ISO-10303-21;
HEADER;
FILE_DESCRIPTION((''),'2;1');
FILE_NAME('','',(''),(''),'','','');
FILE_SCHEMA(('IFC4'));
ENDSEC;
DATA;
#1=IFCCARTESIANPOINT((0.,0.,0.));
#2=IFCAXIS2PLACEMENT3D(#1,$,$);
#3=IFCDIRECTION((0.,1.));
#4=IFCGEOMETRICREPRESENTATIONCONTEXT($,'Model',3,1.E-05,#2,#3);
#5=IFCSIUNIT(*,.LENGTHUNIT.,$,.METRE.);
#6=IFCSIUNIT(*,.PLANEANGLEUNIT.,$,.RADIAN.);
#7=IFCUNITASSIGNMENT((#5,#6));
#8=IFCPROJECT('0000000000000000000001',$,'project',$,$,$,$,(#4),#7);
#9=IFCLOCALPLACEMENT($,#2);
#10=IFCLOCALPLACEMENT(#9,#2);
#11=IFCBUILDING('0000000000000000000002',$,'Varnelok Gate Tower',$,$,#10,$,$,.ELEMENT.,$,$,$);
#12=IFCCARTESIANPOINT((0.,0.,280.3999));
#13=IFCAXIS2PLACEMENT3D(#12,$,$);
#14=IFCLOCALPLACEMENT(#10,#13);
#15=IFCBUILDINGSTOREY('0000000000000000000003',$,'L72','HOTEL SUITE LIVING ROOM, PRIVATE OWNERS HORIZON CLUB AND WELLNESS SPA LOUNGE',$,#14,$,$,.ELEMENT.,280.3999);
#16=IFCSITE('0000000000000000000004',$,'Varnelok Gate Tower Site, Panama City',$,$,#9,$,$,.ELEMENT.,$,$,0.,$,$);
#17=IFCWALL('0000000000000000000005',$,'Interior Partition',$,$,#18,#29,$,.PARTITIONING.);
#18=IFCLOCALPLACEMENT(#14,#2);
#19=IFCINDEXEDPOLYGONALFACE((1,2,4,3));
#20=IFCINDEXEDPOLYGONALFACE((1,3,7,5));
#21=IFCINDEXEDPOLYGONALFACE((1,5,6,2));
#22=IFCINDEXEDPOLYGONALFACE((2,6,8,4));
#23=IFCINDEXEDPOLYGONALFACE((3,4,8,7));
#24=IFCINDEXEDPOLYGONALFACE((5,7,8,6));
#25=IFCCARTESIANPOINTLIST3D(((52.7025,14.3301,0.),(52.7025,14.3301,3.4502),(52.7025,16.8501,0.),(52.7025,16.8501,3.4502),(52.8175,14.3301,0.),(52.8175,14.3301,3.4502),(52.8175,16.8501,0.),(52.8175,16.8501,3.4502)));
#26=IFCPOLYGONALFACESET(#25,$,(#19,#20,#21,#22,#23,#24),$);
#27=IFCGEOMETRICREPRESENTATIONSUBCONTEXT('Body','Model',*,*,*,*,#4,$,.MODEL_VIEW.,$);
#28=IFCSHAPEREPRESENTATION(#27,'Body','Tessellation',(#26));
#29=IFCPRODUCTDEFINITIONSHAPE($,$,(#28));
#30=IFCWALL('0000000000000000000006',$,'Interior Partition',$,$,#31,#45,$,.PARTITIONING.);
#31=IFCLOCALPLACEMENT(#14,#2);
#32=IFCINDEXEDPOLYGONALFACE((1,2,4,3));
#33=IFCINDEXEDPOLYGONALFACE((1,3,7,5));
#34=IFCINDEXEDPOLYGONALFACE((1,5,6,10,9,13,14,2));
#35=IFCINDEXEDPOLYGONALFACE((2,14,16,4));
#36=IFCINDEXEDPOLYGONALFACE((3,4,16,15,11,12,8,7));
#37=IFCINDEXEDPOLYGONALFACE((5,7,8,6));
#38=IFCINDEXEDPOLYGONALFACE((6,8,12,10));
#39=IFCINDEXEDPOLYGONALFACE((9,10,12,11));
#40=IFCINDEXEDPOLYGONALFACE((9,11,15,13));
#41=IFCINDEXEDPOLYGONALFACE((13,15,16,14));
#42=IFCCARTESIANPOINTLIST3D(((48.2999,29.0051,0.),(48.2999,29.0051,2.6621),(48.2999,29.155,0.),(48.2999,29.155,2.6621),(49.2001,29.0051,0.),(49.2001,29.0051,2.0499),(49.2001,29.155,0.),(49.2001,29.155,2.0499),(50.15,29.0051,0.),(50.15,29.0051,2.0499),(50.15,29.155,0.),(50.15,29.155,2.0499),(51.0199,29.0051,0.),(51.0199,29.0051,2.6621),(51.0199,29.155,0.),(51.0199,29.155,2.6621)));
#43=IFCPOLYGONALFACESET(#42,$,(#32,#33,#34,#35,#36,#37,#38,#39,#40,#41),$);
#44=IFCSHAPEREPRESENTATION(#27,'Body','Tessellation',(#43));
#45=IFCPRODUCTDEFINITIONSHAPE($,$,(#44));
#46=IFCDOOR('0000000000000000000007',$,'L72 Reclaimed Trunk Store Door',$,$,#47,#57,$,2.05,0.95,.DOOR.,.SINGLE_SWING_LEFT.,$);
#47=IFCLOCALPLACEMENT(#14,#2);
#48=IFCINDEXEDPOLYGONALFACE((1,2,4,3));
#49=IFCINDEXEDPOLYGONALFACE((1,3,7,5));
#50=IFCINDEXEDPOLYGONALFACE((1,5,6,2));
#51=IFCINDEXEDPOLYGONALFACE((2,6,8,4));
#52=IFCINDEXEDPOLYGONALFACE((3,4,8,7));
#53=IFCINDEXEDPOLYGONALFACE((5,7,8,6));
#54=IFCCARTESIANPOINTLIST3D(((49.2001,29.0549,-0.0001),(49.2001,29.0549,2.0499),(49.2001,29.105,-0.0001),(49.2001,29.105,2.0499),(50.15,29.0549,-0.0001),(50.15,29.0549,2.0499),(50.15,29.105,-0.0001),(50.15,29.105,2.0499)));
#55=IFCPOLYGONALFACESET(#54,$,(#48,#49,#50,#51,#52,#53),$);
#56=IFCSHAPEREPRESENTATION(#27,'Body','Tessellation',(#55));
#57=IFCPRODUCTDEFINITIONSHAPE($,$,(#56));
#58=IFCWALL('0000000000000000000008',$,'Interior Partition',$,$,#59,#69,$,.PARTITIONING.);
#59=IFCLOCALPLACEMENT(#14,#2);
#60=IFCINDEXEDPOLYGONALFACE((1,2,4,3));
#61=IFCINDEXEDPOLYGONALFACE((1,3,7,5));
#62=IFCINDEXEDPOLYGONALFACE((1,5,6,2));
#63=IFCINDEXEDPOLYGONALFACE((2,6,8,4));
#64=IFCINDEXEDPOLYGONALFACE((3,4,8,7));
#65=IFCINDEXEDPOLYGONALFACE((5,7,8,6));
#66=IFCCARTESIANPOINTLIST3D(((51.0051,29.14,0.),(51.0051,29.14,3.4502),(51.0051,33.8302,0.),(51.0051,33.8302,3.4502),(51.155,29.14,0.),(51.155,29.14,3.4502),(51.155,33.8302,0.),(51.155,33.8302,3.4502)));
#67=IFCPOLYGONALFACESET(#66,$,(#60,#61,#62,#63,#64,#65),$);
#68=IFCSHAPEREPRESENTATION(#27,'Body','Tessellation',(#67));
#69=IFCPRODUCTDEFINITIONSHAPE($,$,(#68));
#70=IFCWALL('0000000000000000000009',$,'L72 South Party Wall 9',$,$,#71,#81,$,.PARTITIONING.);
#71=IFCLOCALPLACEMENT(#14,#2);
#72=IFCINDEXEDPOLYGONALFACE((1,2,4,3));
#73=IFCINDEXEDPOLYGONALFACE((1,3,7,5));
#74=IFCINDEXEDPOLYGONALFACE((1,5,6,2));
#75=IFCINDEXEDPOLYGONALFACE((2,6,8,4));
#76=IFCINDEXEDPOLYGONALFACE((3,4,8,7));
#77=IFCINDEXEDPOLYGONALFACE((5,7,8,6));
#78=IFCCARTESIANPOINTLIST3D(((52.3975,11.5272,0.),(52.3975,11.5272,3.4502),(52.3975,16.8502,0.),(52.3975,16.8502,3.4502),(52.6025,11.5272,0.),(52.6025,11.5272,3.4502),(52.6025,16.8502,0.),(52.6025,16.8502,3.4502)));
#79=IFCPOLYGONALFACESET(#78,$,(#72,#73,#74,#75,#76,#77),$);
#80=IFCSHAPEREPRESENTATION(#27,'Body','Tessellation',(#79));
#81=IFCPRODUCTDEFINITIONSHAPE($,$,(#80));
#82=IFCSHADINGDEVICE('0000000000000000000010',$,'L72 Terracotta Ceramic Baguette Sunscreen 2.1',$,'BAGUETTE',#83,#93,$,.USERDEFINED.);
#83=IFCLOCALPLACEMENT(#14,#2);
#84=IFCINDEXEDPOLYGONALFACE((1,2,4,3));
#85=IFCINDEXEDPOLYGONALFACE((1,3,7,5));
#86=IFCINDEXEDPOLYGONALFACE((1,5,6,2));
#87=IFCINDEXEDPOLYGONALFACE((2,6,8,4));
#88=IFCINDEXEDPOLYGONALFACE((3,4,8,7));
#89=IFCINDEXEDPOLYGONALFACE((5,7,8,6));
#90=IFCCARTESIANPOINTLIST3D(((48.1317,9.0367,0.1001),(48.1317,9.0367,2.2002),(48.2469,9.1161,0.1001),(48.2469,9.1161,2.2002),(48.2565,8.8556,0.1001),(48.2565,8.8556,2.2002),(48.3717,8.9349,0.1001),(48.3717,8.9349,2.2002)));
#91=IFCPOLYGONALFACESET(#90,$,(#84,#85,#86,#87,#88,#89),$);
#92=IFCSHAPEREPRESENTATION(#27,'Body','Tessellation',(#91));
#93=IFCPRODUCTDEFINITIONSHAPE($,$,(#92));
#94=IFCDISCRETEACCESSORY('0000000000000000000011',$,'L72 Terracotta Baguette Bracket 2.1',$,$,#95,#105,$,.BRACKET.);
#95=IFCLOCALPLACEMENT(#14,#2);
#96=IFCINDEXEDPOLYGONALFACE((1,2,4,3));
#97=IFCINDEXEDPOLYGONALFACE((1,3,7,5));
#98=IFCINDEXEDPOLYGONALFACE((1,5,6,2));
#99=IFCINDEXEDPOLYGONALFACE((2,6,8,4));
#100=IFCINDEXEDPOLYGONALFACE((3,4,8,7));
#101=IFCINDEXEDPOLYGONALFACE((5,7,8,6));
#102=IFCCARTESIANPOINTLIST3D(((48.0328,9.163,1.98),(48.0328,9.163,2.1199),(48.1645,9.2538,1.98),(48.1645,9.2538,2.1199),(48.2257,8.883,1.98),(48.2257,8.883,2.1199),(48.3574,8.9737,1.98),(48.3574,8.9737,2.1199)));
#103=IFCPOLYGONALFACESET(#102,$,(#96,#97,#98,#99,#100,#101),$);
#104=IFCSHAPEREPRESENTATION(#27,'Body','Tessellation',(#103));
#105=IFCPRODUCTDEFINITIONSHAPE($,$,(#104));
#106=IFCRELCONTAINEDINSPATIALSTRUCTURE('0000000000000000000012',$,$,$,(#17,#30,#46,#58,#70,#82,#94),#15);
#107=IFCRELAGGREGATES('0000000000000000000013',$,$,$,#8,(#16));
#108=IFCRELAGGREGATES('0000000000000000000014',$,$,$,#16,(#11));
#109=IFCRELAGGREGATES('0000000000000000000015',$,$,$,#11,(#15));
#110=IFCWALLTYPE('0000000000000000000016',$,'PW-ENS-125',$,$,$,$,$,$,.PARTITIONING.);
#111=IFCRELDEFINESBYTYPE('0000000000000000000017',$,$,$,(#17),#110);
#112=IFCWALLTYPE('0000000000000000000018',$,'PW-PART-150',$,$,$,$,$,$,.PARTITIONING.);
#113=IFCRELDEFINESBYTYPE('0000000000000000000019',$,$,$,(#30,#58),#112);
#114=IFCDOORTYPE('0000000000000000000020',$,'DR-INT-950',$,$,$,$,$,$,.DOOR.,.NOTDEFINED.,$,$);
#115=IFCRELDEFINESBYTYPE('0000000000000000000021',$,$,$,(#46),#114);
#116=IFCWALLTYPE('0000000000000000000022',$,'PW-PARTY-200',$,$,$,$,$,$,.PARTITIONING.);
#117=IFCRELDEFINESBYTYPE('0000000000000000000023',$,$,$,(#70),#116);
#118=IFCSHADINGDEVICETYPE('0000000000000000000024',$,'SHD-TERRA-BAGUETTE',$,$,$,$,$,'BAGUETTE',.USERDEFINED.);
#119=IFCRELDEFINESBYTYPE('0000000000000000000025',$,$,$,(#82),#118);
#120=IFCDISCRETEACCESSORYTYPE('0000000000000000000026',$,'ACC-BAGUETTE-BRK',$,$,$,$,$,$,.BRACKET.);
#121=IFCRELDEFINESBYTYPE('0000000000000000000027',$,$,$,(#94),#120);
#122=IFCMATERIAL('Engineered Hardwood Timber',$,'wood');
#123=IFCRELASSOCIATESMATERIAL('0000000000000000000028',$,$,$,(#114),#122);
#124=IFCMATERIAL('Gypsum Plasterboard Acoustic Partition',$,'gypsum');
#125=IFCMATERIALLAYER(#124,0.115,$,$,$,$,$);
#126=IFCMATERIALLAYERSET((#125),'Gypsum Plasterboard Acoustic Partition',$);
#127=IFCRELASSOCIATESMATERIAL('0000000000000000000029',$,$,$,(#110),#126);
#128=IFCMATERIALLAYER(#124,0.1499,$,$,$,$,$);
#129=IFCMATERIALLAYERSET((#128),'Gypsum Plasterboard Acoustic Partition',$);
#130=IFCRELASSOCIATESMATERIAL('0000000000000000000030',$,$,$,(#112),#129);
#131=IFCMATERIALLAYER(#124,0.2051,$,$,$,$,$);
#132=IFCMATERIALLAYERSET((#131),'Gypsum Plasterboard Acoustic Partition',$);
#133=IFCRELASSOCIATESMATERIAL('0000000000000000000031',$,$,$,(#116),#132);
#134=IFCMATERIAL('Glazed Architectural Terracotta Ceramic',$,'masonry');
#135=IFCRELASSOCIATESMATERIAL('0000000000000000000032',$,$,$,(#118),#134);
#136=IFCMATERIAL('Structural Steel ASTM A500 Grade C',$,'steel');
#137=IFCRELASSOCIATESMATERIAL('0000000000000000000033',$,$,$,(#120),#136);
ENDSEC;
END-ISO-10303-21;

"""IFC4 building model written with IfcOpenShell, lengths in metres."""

from ifc_helpers import new_model, si_unit, direction, frame, frame_2d, origin, origin_2d, place, context, subcontext, project, spatial, rectangle, extrude, source, transform, mapped, material, layer, layer_set, type_object, element, fill, save


model = new_model("IFC4")

# Units and contexts
model_context = context("Model", 3, precision=1e-05, world=origin(), true_north=direction((0.0, 1.0)))
body_context = subcontext(model_context, "Body", "Model", "MODEL_VIEW")
ifc_project = project(units=[si_unit("LENGTHUNIT", "METRE"), si_unit("PLANEANGLEUNIT", "RADIAN")], contexts=[model_context])

# Site, building, storey
site_placement = place(None, origin())
site = spatial("IfcSite", under=ifc_project, at=site_placement, Name="Varnelok Gate Tower Site, Panama City", CompositionType="ELEMENT", RefElevation=0.0)
building_placement = place(site_placement, origin())
building = spatial("IfcBuilding", under=site, at=building_placement, Name="Varnelok Gate Tower", CompositionType="ELEMENT")
storey_placement = place(building_placement, frame((0.0, 0.0, 280.3999)))
storey = spatial("IfcBuildingStorey", under=building, at=storey_placement, Name="L72", Description="HOTEL SUITE LIVING ROOM, PRIVATE OWNERS HORIZON CLUB AND WELLNESS SPA LOUNGE", CompositionType="ELEMENT", Elevation=280.3999)

# Shared definitions
ifc_material_1 = material(Name="Gypsum Plasterboard Acoustic Partition", Category="gypsum")
ifc_material_2 = material(Name="Engineered Hardwood Timber", Category="wood")
door_type_1 = type_object("IfcDoorType", Name="DR-INT-950", OperationType="NOTDEFINED", PredefinedType="DOOR", material=ifc_material_2)

# Shared definitions
ifc_layer_1 = layer(ifc_material_1, 0.115)
ifc_layer_set_1 = layer_set([ifc_layer_1], Name="Gypsum Plasterboard Acoustic Partition")
wall_type_1 = type_object("IfcWallType", Name="PW-ENS-125", PredefinedType="PARTITIONING", material=ifc_layer_set_1)

# Wall
wall_1_placement = place(storey_placement, frame((52.76, 14.3301, 0.0), z_axis=(0.0, 0.0, 1.0), x_axis=(0.0, 1.0, 0.0)))
element("IfcWall", 1, at=wall_1_placement, inside=storey, type_object=wall_type_1, Name="Interior Partition", PredefinedType="PARTITIONING", context=body_context, shape_type="SweptSolid", body=[
    extrude(rectangle(XDim=2.52, YDim=0.115, at=frame_2d((1.26, 0.0))), origin(), (0.0, 0.0, 1.0), 3.4502),
])

# Wall, opening, door
ifc_layer_2 = layer(ifc_material_1, 0.1499)
ifc_layer_set_2 = layer_set([ifc_layer_2], Name="Gypsum Plasterboard Acoustic Partition")
wall_type_2 = type_object("IfcWallType", Name="PW-PART-150", PredefinedType="PARTITIONING", material=ifc_layer_set_2)
wall_2_placement = place(storey_placement, frame((48.3, 29.0801, 0.0), z_axis=(0.0, 0.0, 1.0), x_axis=(1.0, 0.0, 0.0)))
wall_2 = element("IfcWall", 2, at=wall_2_placement, inside=storey, type_object=wall_type_2, Name="Interior Partition", PredefinedType="PARTITIONING", context=body_context, shape_type="SweptSolid", body=[
    extrude(rectangle(XDim=2.72, YDim=0.1499, at=frame_2d((1.3599, 0.0))), origin(), (0.0, 0.0, 1.0), 2.6621),
])
opening_1_placement = place(wall_2_placement, frame((0.8999, 0.0, 0.0)))
opening_1 = element("IfcOpeningElement", 3, at=opening_1_placement, cuts=wall_2, PredefinedType="OPENING", context=body_context, shape_type="SweptSolid", body=[
    extrude(rectangle(XDim=0.95, YDim=2.05, at=frame_2d((0.4751, 1.0249))), frame((0.0, 0.085, 0.0), z_axis=(0.0, -1.0, 0.0), x_axis=(1.0, 0.0, 0.0)), (0.0, 0.0, 1.0), 0.1699),
])
door_1_placement = place(opening_1_placement, origin())
door_1 = element("IfcDoor", 4, at=door_1_placement, inside=storey, type_object=door_type_1, Name="L72 Reclaimed Trunk Store Door", OperationType="SINGLE_SWING_LEFT", OverallHeight=2.05, OverallWidth=0.95, PredefinedType="DOOR", context=body_context, shape_type="SweptSolid", body=[
    extrude(rectangle(XDim=0.95, YDim=2.05, at=frame_2d((0.4751, 1.0249))), frame((0.0, 0.0249, 0.0), z_axis=(0.0, -1.0, 0.0), x_axis=(1.0, 0.0, 0.0)), (0.0, 0.0, 1.0), 0.05),
])
fill(opening_1, door_1)

# Walls
wall_3_placement = place(storey_placement, frame((51.0801, 29.1399, 0.0), z_axis=(0.0, 0.0, 1.0), x_axis=(0.0, 1.0, 0.0)))
element("IfcWall", 5, at=wall_3_placement, inside=storey, type_object=wall_type_2, Name="Interior Partition", PredefinedType="PARTITIONING", context=body_context, shape_type="SweptSolid", body=[
    extrude(rectangle(XDim=4.6902, YDim=0.1499, at=frame_2d((2.3452, 0.0))), origin(), (0.0, 0.0, 1.0), 3.4502),
])
ifc_layer_3 = layer(ifc_material_1, 0.2051)
ifc_layer_set_3 = layer_set([ifc_layer_3], Name="Gypsum Plasterboard Acoustic Partition")
wall_type_3 = type_object("IfcWallType", Name="PW-PARTY-200", PredefinedType="PARTITIONING", material=ifc_layer_set_3)
wall_4_placement = place(storey_placement, frame((52.5, 11.5271, 0.0), z_axis=(0.0, 0.0, 1.0), x_axis=(0.0, 1.0, 0.0)))
element("IfcWall", 6, at=wall_4_placement, inside=storey, type_object=wall_type_3, Name="L72 South Party Wall 9", PredefinedType="PARTITIONING", context=body_context, shape_type="SweptSolid", body=[
    extrude(rectangle(XDim=5.323, YDim=0.2051, at=frame_2d((2.6616, 0.0))), origin(), (0.0, 0.0, 1.0), 3.4502),
])

# Shading device
ifc_material_3 = material(Name="Glazed Architectural Terracotta Ceramic", Category="masonry")
shading_device_type = type_object("IfcShadingDeviceType", Name="SHD-TERRA-BAGUETTE", ElementType="BAGUETTE", PredefinedType="USERDEFINED", material=ifc_material_3)
shared_shape_1 = source(origin(), body_context, "Body", "SweptSolid", [
    extrude(rectangle(XDim=0.1399, YDim=0.22, at=origin_2d()), origin(), (0.0, 0.0, 1.0), 2.1001),
])
shading_device_placement = place(storey_placement, frame((48.2517, 8.9858, 0.1001), z_axis=(0.0, 0.0, 1.0), x_axis=(0.823533, 0.567269, 0.0)))
element("IfcShadingDevice", 7, at=shading_device_placement, inside=storey, type_object=shading_device_type, Name="L72 Terracotta Ceramic Baguette Sunscreen 2.1", ObjectType="BAGUETTE", PredefinedType="USERDEFINED", context=body_context, shape_type="MappedRepresentation", body=[
    mapped(shared_shape_1, transform((0.0, 0.0, 0.0), scale=1.0)),
])

# Discrete accessory
ifc_material_4 = material(Name="Structural Steel ASTM A500 Grade C", Category="steel")
discrete_accessory_type = type_object("IfcDiscreteAccessoryType", Name="ACC-BAGUETTE-BRK", PredefinedType="BRACKET", material=ifc_material_4)
shared_shape_2 = source(origin(), body_context, "Body", "SweptSolid", [
    extrude(rectangle(XDim=0.1599, YDim=0.3401, at=origin_2d()), origin(), (0.0, 0.0, 1.0), 0.1399),
])
discrete_accessory_placement = place(storey_placement, frame((48.1951, 9.0684, 1.98), z_axis=(0.0, 0.0, 1.0), x_axis=(0.823533, 0.567269, 0.0)))
element("IfcDiscreteAccessory", 8, at=discrete_accessory_placement, inside=storey, type_object=discrete_accessory_type, Name="L72 Terracotta Baguette Bracket 2.1", PredefinedType="BRACKET", context=body_context, shape_type="MappedRepresentation", body=[
    mapped(shared_shape_2, transform((0.0, 0.0, 0.0), scale=1.0)),
])

save(model, "model.ifc")
